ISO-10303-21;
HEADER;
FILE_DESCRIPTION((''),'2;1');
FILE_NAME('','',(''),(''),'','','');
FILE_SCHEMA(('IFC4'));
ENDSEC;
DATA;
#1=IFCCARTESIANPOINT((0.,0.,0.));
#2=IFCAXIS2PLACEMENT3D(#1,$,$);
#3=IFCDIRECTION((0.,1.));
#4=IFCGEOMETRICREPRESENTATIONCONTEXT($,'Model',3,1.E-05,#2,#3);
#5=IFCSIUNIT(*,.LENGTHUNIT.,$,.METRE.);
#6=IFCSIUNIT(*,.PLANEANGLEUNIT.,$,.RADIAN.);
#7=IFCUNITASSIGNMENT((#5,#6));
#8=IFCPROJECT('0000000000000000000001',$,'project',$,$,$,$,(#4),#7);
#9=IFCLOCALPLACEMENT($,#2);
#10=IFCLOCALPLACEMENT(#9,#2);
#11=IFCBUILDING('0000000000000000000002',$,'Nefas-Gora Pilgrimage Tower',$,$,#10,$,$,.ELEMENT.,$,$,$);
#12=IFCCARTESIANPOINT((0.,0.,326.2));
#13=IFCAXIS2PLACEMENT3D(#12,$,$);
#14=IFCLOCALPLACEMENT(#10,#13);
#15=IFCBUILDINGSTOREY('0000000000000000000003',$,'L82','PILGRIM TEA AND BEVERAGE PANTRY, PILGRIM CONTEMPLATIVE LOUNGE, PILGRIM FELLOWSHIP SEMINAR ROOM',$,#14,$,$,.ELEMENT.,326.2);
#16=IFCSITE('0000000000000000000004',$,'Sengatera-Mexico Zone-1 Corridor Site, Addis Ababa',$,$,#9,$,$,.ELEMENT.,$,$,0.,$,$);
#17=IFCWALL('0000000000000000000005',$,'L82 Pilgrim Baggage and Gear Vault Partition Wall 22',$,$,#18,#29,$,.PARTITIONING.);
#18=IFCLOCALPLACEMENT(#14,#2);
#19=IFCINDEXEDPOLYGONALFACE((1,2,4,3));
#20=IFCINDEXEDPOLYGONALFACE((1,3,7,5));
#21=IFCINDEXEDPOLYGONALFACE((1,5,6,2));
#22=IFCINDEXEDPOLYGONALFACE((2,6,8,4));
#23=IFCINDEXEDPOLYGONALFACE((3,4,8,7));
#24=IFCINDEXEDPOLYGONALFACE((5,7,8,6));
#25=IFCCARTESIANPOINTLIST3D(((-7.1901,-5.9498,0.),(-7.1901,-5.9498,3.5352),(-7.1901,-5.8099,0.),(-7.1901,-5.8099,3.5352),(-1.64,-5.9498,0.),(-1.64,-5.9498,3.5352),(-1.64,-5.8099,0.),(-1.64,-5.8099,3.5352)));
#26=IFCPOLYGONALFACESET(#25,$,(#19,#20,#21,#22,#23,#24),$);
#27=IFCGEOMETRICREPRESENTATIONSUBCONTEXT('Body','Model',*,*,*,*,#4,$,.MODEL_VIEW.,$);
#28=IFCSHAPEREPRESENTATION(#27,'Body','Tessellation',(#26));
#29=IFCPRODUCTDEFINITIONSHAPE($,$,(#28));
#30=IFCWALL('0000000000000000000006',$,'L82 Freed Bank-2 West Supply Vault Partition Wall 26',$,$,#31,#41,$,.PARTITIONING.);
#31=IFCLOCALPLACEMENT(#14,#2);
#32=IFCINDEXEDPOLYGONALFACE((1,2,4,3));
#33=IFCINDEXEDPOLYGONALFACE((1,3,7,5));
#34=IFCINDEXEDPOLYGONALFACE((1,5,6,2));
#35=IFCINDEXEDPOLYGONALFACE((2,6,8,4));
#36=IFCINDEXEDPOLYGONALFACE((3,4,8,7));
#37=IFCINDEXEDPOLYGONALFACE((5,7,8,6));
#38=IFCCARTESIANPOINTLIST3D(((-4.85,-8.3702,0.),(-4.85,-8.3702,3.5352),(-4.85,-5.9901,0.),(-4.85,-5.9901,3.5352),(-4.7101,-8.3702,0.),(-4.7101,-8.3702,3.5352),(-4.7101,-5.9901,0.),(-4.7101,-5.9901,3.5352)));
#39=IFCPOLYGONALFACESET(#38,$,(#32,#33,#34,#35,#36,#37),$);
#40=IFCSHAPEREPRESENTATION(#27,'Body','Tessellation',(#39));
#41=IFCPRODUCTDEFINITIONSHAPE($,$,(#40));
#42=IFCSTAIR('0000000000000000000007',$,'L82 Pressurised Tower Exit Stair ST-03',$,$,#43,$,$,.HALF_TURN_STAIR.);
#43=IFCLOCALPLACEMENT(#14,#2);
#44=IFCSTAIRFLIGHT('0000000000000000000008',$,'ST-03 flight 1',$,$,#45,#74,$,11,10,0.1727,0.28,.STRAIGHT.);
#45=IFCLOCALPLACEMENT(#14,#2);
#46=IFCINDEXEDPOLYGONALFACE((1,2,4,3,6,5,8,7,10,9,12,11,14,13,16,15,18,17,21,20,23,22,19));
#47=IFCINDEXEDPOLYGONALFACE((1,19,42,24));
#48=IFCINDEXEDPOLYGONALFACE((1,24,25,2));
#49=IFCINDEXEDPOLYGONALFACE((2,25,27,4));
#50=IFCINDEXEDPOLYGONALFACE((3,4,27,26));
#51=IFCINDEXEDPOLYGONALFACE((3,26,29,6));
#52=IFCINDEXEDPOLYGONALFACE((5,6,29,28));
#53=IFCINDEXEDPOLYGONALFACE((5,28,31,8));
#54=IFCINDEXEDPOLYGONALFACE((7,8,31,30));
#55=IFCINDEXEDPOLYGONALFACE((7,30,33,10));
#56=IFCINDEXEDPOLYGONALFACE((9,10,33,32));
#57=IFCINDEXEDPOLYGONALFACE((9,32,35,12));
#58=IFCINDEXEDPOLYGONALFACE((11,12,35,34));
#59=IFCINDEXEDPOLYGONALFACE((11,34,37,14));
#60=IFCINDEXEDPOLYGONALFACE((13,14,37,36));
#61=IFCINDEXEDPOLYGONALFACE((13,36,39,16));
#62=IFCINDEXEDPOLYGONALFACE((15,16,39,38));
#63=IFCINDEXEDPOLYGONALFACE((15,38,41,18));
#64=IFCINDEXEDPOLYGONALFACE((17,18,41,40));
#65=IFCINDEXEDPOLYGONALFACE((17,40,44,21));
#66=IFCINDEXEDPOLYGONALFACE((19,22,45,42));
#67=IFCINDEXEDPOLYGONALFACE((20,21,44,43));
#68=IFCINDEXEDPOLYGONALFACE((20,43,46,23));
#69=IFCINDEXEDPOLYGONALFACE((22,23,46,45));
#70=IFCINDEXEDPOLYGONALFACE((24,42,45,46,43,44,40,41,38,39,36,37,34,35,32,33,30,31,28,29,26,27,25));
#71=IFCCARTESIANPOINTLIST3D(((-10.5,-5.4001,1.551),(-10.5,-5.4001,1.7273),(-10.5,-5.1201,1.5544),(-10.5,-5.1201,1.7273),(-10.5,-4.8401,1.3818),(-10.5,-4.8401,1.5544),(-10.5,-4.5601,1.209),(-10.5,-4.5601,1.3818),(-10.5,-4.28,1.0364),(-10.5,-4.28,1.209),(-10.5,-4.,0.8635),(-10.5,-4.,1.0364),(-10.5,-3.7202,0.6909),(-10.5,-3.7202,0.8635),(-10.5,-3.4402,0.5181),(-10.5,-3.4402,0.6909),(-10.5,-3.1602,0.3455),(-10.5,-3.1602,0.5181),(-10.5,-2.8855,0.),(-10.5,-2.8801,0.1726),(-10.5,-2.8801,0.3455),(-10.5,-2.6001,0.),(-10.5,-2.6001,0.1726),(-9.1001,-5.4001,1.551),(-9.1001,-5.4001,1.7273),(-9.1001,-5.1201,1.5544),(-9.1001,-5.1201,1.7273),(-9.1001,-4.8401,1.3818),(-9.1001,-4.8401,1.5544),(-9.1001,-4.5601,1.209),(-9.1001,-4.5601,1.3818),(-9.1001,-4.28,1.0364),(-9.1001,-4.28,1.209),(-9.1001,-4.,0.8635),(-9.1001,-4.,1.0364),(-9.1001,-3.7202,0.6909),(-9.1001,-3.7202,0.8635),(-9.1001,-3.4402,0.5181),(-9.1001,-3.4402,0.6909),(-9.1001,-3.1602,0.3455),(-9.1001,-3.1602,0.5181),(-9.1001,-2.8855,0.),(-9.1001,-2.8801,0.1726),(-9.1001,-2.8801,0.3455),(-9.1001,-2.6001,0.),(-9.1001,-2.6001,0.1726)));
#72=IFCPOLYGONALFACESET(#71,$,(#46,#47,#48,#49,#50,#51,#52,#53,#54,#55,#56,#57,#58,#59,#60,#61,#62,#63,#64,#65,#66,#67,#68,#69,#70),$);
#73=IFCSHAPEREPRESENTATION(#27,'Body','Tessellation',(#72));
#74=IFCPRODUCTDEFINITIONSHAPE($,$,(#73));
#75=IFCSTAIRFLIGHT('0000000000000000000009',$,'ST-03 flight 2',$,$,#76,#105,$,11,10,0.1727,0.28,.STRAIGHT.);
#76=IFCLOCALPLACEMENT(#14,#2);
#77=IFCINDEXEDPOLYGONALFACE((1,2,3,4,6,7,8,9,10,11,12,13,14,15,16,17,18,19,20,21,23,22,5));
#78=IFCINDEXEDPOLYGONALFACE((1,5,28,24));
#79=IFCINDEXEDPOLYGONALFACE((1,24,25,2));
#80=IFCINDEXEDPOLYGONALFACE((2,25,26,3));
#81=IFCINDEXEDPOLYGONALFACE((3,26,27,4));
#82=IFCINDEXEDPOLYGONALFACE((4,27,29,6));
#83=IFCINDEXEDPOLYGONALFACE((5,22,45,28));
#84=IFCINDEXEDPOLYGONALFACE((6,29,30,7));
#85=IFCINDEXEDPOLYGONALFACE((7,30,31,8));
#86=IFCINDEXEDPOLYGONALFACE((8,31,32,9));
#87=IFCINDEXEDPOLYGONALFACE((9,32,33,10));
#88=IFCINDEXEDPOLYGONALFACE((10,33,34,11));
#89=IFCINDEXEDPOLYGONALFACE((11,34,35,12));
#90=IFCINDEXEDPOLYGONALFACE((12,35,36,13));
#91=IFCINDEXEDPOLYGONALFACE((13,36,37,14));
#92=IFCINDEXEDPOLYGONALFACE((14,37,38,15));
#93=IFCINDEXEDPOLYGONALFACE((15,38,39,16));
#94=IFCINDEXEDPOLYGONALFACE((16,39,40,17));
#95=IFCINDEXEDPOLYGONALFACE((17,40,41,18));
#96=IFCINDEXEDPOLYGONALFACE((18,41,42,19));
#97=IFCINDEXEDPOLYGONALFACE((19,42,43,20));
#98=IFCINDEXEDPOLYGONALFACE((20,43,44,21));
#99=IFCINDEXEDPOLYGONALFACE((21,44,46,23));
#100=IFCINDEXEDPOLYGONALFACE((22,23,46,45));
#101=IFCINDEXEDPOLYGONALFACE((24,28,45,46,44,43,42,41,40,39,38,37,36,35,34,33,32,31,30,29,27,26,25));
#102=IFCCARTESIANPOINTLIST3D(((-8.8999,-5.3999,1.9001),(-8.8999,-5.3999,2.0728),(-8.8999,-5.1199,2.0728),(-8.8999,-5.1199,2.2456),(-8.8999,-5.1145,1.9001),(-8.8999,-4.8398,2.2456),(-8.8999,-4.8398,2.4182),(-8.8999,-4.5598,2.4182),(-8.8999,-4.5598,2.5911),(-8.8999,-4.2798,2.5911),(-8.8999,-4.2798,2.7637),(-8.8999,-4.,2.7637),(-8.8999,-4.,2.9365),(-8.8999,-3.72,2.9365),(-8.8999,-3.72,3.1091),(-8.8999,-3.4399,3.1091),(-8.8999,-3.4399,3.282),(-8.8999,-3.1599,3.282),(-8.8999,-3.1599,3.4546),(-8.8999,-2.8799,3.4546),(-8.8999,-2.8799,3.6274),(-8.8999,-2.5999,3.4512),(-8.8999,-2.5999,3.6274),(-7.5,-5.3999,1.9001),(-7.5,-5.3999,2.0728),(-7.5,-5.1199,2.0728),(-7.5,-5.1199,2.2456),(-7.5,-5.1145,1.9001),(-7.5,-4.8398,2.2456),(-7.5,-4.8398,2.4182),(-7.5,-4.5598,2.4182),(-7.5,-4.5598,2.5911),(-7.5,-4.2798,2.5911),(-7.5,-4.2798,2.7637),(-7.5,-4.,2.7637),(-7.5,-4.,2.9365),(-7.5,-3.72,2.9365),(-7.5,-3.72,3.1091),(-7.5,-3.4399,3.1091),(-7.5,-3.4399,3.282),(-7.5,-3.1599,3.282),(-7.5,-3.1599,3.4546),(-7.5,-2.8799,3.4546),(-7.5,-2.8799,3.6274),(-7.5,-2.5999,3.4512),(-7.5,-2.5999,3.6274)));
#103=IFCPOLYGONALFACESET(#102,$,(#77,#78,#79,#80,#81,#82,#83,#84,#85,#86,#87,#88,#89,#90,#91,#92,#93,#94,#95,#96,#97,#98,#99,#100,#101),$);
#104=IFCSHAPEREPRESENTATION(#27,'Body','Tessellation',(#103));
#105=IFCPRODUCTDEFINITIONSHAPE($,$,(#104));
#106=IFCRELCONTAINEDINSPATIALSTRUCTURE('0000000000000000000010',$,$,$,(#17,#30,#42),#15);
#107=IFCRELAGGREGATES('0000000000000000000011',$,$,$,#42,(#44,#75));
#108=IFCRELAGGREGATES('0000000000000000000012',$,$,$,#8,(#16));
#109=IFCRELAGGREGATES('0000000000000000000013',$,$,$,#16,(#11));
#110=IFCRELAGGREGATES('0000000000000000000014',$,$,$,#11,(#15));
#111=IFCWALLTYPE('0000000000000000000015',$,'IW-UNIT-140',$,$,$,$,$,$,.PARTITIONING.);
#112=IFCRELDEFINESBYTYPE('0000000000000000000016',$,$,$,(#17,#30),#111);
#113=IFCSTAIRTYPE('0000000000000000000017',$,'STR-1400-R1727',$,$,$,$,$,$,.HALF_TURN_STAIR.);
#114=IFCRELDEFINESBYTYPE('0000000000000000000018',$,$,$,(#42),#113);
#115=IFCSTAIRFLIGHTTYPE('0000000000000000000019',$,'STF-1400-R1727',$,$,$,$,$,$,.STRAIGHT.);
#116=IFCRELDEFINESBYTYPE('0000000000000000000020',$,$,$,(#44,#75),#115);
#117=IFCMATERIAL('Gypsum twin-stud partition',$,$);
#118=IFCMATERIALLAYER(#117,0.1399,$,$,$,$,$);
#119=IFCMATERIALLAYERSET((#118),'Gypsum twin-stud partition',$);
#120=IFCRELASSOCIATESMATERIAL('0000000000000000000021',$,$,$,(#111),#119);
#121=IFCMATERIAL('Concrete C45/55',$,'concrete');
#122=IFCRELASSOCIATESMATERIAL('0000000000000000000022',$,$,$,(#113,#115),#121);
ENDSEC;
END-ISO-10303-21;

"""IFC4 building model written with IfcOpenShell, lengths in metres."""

from ifc_helpers import new_model, si_unit, direction, frame, frame_2d, origin, place, context, subcontext, project, spatial, polyline, rectangle, outline, extrude, source, transform, mapped, material, layer, layer_set, type_object, element, aggregate, save


model = new_model("IFC4")

# Units and contexts
model_context = context("Model", 3, precision=1e-05, world=origin(), true_north=direction((0.0, 1.0)))
body_context = subcontext(model_context, "Body", "Model", "MODEL_VIEW")
ifc_project = project(units=[si_unit("LENGTHUNIT", "METRE"), si_unit("PLANEANGLEUNIT", "RADIAN")], contexts=[model_context])

# Site, building, storey
site_placement = place(None, origin())
site = spatial("IfcSite", under=ifc_project, at=site_placement, Name="Sengatera-Mexico Zone-1 Corridor Site, Addis Ababa", CompositionType="ELEMENT", RefElevation=0.0)
building_placement = place(site_placement, origin())
building = spatial("IfcBuilding", under=site, at=building_placement, Name="Nefas-Gora Pilgrimage Tower", CompositionType="ELEMENT")
storey_placement = place(building_placement, frame((0.0, 0.0, 326.2)))
storey = spatial("IfcBuildingStorey", under=building, at=storey_placement, Name="L82", Description="PILGRIM TEA AND BEVERAGE PANTRY, PILGRIM CONTEMPLATIVE LOUNGE, PILGRIM FELLOWSHIP SEMINAR ROOM", CompositionType="ELEMENT", Elevation=326.2)

# Shared definitions
ifc_material_1 = material(Name="Concrete C45/55", Category="concrete")

# Walls
ifc_material_2 = material(Name="Gypsum twin-stud partition")
ifc_layer_1 = layer(ifc_material_2, 0.1399)
ifc_layer_set_1 = layer_set([ifc_layer_1], Name="Gypsum twin-stud partition")
wall_type_1 = type_object("IfcWallType", Name="IW-UNIT-140", PredefinedType="PARTITIONING", material=ifc_layer_set_1)
shared_shape_1 = source(origin(), body_context, "Body", "SweptSolid", [
    extrude(rectangle(XDim=5.55, YDim=0.1399, at=frame_2d((2.7749, 0.0))), origin(), (0.0, 0.0, 1.0), 3.5352),
])
wall_1_placement = place(storey_placement, frame((-7.1899, -5.8799, 0.0), z_axis=(0.0, 0.0, 1.0), x_axis=(1.0, 0.0, 0.0)))
element("IfcWall", 1, at=wall_1_placement, inside=storey, type_object=wall_type_1, Name="L82 Pilgrim Baggage and Gear Vault Partition Wall 22", PredefinedType="PARTITIONING", context=body_context, shape_type="MappedRepresentation", body=[
    mapped(shared_shape_1, transform((0.0, 0.0, 0.0), x_axis=(1.0, 0.0, 0.0), y_axis=(0.0, 1.0, 0.0), z_axis=(0.0, 0.0, 1.0), scale=1.0)),
])
shared_shape_2 = source(origin(), body_context, "Body", "SweptSolid", [
    extrude(rectangle(XDim=2.3801, YDim=0.1399, at=frame_2d((1.1899, 0.0))), origin(), (0.0, 0.0, 1.0), 3.5352),
])
wall_2_placement = place(storey_placement, frame((-4.78, -8.3701, 0.0), z_axis=(0.0, 0.0, 1.0), x_axis=(0.0, 1.0, 0.0)))
element("IfcWall", 2, at=wall_2_placement, inside=storey, type_object=wall_type_1, Name="L82 Freed Bank-2 West Supply Vault Partition Wall 26", PredefinedType="PARTITIONING", context=body_context, shape_type="MappedRepresentation", body=[
    mapped(shared_shape_2, transform((0.0, 0.0, 0.0), x_axis=(1.0, 0.0, 0.0), y_axis=(0.0, 1.0, 0.0), z_axis=(0.0, 0.0, 1.0), scale=1.0)),
])

# Stair, stair flights
stair_type = type_object("IfcStairType", Name="STR-1400-R1727", PredefinedType="HALF_TURN_STAIR", material=ifc_material_1)
stair_placement = place(storey_placement, origin())
stair = element("IfcStair", 3, at=stair_placement, inside=storey, type_object=stair_type, Name="L82 Pressurised Tower Exit Stair ST-03", PredefinedType="HALF_TURN_STAIR")
stair_flight_type = type_object("IfcStairFlightType", Name="STF-1400-R1727", PredefinedType="STRAIGHT", material=ifc_material_1)
shared_shape_3 = source(origin(), body_context, "Body", "SweptSolid", [
    extrude(outline(polyline([(0.0, 0.0), (0.0, 0.1726), (0.28, 0.1726), (0.28, 0.3455), (0.5601, 0.3455), (0.5601, 0.5181), (0.8401, 0.5181), (0.8401, 0.6909), (1.1201, 0.6909), (1.1201, 0.8635), (1.3999, 0.8635), (1.3999, 1.0364), (1.6799, 1.0364), (1.6799, 1.209), (1.96, 1.209), (1.96, 1.3818), (2.24, 1.3818), (2.24, 1.5544), (2.52, 1.5544), (2.52, 1.7273), (2.8, 1.7273), (2.8, 1.8999), (2.8, 1.551), (0.2854, 0.0), (0.0, 0.0)])), frame((0.0, 0.7, 0.0), z_axis=(0.0, -1.0, 0.0), x_axis=(1.0, 0.0, 0.0)), (0.0, 0.0, 1.0), 1.3999),
])
stair_flight_1_placement = place(storey_placement, frame((-9.8, -2.6001, 0.0), z_axis=(0.0, 0.0, 1.0), x_axis=(0.0, -1.0, 0.0)))
stair_flight_1 = element("IfcStairFlight", 4, at=stair_flight_1_placement, type_object=stair_flight_type, Name="ST-03 flight 1", NumberOfRisers=11, NumberOfTreads=10, PredefinedType="STRAIGHT", RiserHeight=0.1727, TreadLength=0.28, context=body_context, shape_type="MappedRepresentation", body=[
    mapped(shared_shape_3, transform((0.0, 0.0, 0.0), x_axis=(1.0, 0.0, 0.0), y_axis=(0.0, 1.0, 0.0), z_axis=(0.0, 0.0, 1.0), scale=1.0)),
])
stair_flight_2_placement = place(storey_placement, frame((-8.2, -5.3999, 1.9001), z_axis=(0.0, 0.0, 1.0), x_axis=(0.0, 1.0, 0.0)))
stair_flight_2 = element("IfcStairFlight", 5, at=stair_flight_2_placement, type_object=stair_flight_type, Name="ST-03 flight 2", NumberOfRisers=11, NumberOfTreads=10, PredefinedType="STRAIGHT", RiserHeight=0.1727, TreadLength=0.28, context=body_context, shape_type="MappedRepresentation", body=[
    mapped(shared_shape_3, transform((0.0, 0.0, 0.0), x_axis=(1.0, 0.0, 0.0), y_axis=(0.0, 1.0, 0.0), z_axis=(0.0, 0.0, 1.0), scale=1.0)),
])
aggregate(stair, [stair_flight_1, stair_flight_2])

save(model, "model.ifc")
